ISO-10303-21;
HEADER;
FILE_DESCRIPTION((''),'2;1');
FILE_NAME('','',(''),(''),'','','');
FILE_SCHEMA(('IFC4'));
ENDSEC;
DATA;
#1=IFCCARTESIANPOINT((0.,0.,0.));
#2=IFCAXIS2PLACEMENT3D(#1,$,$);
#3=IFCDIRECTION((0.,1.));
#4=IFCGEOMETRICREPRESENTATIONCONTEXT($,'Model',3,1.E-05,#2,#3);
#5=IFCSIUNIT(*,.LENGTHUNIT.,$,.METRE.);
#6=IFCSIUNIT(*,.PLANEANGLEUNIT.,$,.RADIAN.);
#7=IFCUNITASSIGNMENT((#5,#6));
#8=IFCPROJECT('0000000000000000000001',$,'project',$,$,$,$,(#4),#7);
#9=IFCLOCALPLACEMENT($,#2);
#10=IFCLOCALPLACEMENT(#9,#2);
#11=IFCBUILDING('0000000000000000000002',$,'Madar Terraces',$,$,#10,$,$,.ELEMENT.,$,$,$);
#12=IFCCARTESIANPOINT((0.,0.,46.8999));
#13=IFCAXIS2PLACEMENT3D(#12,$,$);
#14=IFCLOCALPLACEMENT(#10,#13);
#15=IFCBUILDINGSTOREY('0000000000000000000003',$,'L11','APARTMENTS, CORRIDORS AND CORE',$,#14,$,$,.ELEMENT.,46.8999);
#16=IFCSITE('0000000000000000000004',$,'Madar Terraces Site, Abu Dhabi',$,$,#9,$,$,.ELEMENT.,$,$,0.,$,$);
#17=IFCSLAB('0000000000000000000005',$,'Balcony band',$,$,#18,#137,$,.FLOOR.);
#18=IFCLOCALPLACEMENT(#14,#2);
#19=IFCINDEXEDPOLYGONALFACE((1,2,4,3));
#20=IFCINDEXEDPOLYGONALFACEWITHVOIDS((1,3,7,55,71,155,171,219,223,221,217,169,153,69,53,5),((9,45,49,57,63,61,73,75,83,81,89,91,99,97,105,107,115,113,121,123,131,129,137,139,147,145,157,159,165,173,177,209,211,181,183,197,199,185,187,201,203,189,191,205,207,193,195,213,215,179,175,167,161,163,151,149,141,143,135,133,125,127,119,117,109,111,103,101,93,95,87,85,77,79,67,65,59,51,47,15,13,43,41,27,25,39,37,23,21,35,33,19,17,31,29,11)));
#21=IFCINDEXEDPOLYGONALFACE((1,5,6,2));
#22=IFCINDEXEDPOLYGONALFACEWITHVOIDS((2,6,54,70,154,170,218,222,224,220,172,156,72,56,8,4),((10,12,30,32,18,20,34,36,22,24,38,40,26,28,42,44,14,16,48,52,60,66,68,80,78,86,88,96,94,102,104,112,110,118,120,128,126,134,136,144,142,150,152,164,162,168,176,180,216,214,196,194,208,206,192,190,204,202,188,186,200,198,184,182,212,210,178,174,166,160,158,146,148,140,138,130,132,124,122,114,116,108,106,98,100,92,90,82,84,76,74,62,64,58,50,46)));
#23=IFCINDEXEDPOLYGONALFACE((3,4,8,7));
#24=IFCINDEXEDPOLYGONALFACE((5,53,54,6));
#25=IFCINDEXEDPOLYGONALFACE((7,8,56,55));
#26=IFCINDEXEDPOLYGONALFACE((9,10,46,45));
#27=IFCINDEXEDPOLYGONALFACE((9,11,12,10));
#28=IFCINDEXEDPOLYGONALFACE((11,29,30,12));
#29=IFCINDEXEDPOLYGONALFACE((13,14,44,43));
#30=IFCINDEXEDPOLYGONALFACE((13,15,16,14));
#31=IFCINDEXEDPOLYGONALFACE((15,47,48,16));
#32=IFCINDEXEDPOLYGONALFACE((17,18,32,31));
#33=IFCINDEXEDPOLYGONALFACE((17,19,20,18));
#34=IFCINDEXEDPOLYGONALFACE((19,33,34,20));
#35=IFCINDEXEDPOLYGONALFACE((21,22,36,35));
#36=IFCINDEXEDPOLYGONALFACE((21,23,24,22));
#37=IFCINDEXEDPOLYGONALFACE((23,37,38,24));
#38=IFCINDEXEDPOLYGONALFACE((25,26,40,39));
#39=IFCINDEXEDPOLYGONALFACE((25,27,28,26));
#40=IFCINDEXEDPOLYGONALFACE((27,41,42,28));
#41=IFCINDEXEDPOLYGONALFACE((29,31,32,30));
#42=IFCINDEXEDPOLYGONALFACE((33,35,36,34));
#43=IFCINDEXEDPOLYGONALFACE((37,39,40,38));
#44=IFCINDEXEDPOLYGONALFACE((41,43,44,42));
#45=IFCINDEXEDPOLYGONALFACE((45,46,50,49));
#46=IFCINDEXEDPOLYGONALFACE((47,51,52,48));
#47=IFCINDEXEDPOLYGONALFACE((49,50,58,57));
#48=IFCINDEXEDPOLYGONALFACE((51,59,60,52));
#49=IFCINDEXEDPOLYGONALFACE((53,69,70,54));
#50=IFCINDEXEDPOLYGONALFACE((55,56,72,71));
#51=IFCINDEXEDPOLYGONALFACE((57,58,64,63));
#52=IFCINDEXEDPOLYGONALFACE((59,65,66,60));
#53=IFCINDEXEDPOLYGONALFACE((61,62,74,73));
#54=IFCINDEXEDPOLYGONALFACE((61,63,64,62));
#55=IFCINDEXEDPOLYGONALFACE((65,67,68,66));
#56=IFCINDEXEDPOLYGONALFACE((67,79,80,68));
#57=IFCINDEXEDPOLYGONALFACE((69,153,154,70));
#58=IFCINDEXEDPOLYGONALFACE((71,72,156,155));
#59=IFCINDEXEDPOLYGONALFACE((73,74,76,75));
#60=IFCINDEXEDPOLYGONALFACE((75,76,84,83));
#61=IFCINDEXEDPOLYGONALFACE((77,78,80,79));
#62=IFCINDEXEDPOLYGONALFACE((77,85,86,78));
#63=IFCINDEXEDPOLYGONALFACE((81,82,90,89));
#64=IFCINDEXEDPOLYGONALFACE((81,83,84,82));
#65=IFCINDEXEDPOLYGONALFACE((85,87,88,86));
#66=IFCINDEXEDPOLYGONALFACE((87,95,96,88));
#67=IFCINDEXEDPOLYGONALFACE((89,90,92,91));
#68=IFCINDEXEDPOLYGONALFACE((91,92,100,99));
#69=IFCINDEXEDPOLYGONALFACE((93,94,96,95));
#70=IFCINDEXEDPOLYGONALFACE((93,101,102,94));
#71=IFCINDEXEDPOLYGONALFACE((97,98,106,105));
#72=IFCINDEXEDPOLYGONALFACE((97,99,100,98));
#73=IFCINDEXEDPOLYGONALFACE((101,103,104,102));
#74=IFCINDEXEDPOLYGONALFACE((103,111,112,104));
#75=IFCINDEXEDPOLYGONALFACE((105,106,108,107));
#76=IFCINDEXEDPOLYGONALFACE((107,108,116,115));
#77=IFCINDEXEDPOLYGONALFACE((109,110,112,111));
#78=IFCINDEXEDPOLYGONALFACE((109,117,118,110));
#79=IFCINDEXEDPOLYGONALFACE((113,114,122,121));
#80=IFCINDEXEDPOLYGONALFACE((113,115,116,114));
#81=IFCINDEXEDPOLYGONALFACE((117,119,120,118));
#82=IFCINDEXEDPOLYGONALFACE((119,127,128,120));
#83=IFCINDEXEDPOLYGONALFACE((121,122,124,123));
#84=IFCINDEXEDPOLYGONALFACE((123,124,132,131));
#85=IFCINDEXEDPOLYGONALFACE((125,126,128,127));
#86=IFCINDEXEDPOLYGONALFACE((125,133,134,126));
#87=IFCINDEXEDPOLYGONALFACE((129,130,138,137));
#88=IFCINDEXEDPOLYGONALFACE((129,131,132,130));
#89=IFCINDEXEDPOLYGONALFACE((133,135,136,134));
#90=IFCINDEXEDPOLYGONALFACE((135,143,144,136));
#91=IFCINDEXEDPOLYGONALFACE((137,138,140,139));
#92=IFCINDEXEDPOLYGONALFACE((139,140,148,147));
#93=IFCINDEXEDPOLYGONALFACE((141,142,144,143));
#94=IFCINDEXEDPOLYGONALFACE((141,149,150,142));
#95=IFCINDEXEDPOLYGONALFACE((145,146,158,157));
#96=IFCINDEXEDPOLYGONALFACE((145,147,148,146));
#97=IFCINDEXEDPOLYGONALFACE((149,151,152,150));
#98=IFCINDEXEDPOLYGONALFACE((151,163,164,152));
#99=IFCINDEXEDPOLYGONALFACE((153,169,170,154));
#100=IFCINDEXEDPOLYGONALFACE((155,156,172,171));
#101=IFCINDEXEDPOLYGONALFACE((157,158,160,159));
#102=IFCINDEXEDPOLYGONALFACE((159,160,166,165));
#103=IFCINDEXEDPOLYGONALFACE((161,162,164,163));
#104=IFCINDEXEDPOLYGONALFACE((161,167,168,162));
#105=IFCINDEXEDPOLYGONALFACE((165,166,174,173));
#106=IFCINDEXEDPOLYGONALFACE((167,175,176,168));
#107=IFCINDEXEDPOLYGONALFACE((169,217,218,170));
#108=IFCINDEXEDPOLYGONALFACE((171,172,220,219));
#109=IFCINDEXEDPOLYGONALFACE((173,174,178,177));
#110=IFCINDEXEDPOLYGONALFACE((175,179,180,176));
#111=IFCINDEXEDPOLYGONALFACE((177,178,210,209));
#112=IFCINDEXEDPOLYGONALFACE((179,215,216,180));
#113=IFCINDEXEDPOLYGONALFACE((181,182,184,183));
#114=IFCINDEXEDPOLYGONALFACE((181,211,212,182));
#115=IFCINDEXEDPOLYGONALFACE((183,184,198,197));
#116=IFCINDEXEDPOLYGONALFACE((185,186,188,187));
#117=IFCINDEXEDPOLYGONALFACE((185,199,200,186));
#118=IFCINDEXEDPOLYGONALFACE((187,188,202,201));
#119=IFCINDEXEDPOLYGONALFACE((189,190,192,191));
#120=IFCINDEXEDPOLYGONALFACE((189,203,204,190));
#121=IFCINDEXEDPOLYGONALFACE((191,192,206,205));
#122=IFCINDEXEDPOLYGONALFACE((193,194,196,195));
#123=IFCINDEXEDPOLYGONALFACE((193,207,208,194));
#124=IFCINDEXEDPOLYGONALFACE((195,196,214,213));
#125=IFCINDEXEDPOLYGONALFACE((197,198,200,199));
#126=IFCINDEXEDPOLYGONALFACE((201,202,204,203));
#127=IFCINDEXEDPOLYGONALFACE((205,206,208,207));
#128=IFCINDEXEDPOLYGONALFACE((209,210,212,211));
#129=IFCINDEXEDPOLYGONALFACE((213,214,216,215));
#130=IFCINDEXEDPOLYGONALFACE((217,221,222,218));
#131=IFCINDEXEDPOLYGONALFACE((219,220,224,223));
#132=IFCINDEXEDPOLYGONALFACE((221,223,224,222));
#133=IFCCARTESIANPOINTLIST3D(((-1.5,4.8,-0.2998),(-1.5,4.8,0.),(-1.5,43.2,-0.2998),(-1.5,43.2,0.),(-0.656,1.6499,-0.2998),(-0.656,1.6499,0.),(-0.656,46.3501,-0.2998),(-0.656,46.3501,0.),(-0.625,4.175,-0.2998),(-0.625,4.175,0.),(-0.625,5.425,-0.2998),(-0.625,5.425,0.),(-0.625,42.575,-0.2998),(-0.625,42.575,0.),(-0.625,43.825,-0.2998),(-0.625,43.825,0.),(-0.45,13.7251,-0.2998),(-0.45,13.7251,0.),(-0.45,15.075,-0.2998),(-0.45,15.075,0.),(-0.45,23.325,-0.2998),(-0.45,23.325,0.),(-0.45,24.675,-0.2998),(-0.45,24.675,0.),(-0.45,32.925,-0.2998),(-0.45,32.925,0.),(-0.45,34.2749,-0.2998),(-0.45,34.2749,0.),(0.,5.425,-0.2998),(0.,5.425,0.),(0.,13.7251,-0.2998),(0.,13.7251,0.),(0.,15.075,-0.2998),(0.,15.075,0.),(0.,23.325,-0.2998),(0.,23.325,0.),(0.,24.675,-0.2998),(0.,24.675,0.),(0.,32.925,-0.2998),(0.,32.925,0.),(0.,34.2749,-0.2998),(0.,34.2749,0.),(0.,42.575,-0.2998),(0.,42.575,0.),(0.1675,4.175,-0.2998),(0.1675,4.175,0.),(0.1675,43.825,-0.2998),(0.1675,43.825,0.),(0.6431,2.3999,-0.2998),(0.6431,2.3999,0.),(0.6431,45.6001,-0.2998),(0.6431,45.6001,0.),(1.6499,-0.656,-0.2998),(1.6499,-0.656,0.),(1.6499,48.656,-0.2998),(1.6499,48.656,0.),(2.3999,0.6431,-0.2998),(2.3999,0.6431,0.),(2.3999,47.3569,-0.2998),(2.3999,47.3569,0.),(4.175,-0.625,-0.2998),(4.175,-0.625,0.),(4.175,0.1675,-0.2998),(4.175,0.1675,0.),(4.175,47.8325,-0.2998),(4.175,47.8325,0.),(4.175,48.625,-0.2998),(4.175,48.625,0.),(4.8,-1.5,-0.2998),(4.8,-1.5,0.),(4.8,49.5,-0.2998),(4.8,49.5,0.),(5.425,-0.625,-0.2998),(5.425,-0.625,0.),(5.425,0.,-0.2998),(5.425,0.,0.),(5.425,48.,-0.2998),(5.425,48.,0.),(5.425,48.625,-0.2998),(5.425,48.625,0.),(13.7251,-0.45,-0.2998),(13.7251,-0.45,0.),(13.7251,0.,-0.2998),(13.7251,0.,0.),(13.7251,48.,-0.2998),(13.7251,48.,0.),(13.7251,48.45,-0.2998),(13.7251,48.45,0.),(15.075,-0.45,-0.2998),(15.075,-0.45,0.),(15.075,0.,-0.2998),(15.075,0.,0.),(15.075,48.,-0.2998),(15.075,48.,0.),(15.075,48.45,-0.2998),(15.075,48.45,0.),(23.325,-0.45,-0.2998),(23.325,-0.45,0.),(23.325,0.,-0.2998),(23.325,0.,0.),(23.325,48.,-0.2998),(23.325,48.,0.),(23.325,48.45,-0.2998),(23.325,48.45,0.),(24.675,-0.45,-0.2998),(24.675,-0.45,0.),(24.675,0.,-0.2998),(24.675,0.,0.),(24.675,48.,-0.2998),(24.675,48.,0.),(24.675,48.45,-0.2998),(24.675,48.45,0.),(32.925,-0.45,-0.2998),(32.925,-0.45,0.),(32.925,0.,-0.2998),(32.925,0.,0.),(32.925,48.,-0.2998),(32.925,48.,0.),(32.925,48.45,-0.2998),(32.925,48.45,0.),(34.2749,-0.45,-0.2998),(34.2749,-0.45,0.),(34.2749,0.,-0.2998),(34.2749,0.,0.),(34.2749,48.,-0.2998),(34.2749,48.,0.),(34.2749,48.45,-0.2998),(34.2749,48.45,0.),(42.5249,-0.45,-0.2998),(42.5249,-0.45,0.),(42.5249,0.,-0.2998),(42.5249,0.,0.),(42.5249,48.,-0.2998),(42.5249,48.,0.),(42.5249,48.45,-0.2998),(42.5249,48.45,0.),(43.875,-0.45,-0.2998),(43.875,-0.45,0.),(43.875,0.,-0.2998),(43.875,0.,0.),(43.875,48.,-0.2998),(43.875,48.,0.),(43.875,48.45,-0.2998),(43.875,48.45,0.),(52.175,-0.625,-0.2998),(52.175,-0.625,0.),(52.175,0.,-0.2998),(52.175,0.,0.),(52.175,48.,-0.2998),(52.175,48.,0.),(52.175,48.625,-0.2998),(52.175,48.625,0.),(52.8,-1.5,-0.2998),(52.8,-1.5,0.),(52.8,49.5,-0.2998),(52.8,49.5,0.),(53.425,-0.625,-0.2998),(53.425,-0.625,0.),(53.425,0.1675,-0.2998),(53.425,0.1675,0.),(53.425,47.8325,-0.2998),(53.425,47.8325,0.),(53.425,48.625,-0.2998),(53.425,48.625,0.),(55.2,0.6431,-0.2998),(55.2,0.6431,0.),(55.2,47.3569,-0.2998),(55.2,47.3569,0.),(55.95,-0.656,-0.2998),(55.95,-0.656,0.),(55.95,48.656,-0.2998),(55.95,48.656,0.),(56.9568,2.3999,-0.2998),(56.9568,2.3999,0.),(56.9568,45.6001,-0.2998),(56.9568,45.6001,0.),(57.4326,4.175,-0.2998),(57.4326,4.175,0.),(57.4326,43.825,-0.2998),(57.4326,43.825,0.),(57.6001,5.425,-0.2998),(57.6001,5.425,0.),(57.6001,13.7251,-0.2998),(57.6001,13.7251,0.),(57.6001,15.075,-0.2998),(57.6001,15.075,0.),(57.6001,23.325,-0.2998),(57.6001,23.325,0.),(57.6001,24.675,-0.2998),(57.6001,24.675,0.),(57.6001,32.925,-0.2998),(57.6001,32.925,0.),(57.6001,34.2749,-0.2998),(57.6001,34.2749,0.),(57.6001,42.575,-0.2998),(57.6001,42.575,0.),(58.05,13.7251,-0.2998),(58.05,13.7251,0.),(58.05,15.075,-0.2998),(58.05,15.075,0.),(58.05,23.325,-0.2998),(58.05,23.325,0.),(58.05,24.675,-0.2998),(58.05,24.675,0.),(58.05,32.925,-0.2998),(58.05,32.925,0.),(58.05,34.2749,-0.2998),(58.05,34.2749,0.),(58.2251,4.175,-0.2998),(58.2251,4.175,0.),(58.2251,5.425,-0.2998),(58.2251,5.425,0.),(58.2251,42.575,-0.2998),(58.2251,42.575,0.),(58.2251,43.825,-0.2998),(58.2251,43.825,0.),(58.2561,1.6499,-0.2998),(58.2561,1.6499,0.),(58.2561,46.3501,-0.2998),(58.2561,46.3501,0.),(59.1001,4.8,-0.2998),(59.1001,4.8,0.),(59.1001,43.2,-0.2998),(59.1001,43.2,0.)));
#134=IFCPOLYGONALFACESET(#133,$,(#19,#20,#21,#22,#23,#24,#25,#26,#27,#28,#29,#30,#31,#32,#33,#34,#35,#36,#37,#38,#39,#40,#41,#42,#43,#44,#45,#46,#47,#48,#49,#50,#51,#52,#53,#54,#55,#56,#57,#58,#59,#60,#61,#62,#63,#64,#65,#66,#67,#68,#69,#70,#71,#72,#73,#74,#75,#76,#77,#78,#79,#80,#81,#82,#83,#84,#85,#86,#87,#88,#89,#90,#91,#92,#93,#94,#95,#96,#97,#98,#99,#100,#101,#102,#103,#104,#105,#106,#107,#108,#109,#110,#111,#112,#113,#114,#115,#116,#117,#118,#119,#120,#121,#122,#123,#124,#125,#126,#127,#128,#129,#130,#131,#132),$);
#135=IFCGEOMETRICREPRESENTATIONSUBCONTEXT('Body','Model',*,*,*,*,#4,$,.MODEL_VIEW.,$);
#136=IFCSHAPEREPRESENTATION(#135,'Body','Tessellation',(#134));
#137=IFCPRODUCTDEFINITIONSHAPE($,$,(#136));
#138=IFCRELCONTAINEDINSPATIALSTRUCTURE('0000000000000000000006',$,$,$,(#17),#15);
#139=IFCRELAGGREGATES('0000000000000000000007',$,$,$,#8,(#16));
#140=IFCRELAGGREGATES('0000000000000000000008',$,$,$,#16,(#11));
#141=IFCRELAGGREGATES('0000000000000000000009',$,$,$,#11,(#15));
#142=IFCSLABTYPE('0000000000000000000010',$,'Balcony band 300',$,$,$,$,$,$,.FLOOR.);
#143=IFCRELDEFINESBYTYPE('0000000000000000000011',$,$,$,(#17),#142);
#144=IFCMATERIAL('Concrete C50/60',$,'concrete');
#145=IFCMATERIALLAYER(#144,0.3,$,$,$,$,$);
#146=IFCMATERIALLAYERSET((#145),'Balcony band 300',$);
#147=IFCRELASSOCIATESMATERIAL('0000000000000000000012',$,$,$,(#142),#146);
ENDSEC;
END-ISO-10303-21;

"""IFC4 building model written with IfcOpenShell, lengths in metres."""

from ifc_helpers import new_model, si_unit, direction, frame, origin, place, context, subcontext, project, spatial, polyline, outline, extrude, material, layer, layer_set, type_object, element, save


model = new_model("IFC4")

# Units and contexts
model_context = context("Model", 3, precision=1e-05, world=origin(), true_north=direction((0.0, 1.0)))
body_context = subcontext(model_context, "Body", "Model", "MODEL_VIEW")
ifc_project = project(units=[si_unit("LENGTHUNIT", "METRE"), si_unit("PLANEANGLEUNIT", "RADIAN")], contexts=[model_context])

# Site, building, storey
site_placement = place(None, origin())
site = spatial("IfcSite", under=ifc_project, at=site_placement, Name="Madar Terraces Site, Abu Dhabi", CompositionType="ELEMENT", RefElevation=0.0)
building_placement = place(site_placement, origin())
building = spatial("IfcBuilding", under=site, at=building_placement, Name="Madar Terraces", CompositionType="ELEMENT")
storey_placement = place(building_placement, frame((0.0, 0.0, 46.8999)))
storey = spatial("IfcBuildingStorey", under=building, at=storey_placement, Name="L11", Description="APARTMENTS, CORRIDORS AND CORE", CompositionType="ELEMENT", Elevation=46.8999)

# Slab
ifc_material_1 = material(Name="Concrete C50/60", Category="concrete")
ifc_layer_1 = layer(ifc_material_1, 0.3)
ifc_layer_set_1 = layer_set([ifc_layer_1], Name="Balcony band 300")
slab_type_1 = type_object("IfcSlabType", Name="Balcony band 300", PredefinedType="FLOOR", material=ifc_layer_set_1)
slab_1_placement = place(storey_placement, frame((0.0, 0.0, -0.2998)))
element("IfcSlab", 1, at=slab_1_placement, inside=storey, type_object=slab_type_1, Name="Balcony band", PredefinedType="FLOOR", context=body_context, shape_type="SweptSolid", body=[
    extrude(outline(polyline([(4.8, -1.5), (1.6499, -0.656), (-0.656, 1.6499), (-1.5, 4.8), (-1.5, 43.2), (-0.656, 46.3501), (1.6499, 48.656), (4.8, 49.5), (52.8, 49.5), (55.95, 48.656), (58.2561, 46.3501), (59.1001, 43.2), (59.1001, 4.8), (58.2561, 1.6499), (55.95, -0.656), (52.8, -1.5), (4.8, -1.5)]), holes=[polyline([(5.425, -0.625), (5.425, 0.0), (13.7251, 0.0), (13.7251, -0.45), (15.075, -0.45), (15.075, 0.0), (23.325, 0.0), (23.325, -0.45), (24.675, -0.45), (24.675, 0.0), (32.925, 0.0), (32.925, -0.45), (34.2749, -0.45), (34.2749, 0.0), (42.5249, 0.0), (42.5249, -0.45), (43.875, -0.45), (43.875, 0.0), (52.175, 0.0), (52.175, -0.625), (53.425, -0.625), (53.425, 0.1675), (55.2, 0.6431), (56.9568, 2.3999), (57.4326, 4.175), (58.2251, 4.175), (58.2251, 5.425), (57.6001, 5.425), (57.6001, 13.7251), (58.05, 13.7251), (58.05, 15.075), (57.6001, 15.075), (57.6001, 23.325), (58.05, 23.325), (58.05, 24.675), (57.6001, 24.675), (57.6001, 32.925), (58.05, 32.925), (58.05, 34.2749), (57.6001, 34.2749), (57.6001, 42.575), (58.2251, 42.575), (58.2251, 43.825), (57.4326, 43.825), (56.9568, 45.6001), (55.2, 47.3569), (53.425, 47.8325), (53.425, 48.625), (52.175, 48.625), (52.175, 48.0), (43.875, 48.0), (43.875, 48.45), (42.5249, 48.45), (42.5249, 48.0), (34.2749, 48.0), (34.2749, 48.45), (32.925, 48.45), (32.925, 48.0), (24.675, 48.0), (24.675, 48.45), (23.325, 48.45), (23.325, 48.0), (15.075, 48.0), (15.075, 48.45), (13.7251, 48.45), (13.7251, 48.0), (5.425, 48.0), (5.425, 48.625), (4.175, 48.625), (4.175, 47.8325), (2.3999, 47.3569), (0.6431, 45.6001), (0.1675, 43.825), (-0.625, 43.825), (-0.625, 42.575), (0.0, 42.575), (0.0, 34.2749), (-0.45, 34.2749), (-0.45, 32.925), (0.0, 32.925), (0.0, 24.675), (-0.45, 24.675), (-0.45, 23.325), (0.0, 23.325), (0.0, 15.075), (-0.45, 15.075), (-0.45, 13.7251), (0.0, 13.7251), (0.0, 5.425), (-0.625, 5.425), (-0.625, 4.175), (0.1675, 4.175), (0.6431, 2.3999), (2.3999, 0.6431), (4.175, 0.1675), (4.175, -0.625), (5.425, -0.625)])]), origin(), (0.0, 0.0, 1.0), 0.2998),
])

save(model, "model.ifc")
